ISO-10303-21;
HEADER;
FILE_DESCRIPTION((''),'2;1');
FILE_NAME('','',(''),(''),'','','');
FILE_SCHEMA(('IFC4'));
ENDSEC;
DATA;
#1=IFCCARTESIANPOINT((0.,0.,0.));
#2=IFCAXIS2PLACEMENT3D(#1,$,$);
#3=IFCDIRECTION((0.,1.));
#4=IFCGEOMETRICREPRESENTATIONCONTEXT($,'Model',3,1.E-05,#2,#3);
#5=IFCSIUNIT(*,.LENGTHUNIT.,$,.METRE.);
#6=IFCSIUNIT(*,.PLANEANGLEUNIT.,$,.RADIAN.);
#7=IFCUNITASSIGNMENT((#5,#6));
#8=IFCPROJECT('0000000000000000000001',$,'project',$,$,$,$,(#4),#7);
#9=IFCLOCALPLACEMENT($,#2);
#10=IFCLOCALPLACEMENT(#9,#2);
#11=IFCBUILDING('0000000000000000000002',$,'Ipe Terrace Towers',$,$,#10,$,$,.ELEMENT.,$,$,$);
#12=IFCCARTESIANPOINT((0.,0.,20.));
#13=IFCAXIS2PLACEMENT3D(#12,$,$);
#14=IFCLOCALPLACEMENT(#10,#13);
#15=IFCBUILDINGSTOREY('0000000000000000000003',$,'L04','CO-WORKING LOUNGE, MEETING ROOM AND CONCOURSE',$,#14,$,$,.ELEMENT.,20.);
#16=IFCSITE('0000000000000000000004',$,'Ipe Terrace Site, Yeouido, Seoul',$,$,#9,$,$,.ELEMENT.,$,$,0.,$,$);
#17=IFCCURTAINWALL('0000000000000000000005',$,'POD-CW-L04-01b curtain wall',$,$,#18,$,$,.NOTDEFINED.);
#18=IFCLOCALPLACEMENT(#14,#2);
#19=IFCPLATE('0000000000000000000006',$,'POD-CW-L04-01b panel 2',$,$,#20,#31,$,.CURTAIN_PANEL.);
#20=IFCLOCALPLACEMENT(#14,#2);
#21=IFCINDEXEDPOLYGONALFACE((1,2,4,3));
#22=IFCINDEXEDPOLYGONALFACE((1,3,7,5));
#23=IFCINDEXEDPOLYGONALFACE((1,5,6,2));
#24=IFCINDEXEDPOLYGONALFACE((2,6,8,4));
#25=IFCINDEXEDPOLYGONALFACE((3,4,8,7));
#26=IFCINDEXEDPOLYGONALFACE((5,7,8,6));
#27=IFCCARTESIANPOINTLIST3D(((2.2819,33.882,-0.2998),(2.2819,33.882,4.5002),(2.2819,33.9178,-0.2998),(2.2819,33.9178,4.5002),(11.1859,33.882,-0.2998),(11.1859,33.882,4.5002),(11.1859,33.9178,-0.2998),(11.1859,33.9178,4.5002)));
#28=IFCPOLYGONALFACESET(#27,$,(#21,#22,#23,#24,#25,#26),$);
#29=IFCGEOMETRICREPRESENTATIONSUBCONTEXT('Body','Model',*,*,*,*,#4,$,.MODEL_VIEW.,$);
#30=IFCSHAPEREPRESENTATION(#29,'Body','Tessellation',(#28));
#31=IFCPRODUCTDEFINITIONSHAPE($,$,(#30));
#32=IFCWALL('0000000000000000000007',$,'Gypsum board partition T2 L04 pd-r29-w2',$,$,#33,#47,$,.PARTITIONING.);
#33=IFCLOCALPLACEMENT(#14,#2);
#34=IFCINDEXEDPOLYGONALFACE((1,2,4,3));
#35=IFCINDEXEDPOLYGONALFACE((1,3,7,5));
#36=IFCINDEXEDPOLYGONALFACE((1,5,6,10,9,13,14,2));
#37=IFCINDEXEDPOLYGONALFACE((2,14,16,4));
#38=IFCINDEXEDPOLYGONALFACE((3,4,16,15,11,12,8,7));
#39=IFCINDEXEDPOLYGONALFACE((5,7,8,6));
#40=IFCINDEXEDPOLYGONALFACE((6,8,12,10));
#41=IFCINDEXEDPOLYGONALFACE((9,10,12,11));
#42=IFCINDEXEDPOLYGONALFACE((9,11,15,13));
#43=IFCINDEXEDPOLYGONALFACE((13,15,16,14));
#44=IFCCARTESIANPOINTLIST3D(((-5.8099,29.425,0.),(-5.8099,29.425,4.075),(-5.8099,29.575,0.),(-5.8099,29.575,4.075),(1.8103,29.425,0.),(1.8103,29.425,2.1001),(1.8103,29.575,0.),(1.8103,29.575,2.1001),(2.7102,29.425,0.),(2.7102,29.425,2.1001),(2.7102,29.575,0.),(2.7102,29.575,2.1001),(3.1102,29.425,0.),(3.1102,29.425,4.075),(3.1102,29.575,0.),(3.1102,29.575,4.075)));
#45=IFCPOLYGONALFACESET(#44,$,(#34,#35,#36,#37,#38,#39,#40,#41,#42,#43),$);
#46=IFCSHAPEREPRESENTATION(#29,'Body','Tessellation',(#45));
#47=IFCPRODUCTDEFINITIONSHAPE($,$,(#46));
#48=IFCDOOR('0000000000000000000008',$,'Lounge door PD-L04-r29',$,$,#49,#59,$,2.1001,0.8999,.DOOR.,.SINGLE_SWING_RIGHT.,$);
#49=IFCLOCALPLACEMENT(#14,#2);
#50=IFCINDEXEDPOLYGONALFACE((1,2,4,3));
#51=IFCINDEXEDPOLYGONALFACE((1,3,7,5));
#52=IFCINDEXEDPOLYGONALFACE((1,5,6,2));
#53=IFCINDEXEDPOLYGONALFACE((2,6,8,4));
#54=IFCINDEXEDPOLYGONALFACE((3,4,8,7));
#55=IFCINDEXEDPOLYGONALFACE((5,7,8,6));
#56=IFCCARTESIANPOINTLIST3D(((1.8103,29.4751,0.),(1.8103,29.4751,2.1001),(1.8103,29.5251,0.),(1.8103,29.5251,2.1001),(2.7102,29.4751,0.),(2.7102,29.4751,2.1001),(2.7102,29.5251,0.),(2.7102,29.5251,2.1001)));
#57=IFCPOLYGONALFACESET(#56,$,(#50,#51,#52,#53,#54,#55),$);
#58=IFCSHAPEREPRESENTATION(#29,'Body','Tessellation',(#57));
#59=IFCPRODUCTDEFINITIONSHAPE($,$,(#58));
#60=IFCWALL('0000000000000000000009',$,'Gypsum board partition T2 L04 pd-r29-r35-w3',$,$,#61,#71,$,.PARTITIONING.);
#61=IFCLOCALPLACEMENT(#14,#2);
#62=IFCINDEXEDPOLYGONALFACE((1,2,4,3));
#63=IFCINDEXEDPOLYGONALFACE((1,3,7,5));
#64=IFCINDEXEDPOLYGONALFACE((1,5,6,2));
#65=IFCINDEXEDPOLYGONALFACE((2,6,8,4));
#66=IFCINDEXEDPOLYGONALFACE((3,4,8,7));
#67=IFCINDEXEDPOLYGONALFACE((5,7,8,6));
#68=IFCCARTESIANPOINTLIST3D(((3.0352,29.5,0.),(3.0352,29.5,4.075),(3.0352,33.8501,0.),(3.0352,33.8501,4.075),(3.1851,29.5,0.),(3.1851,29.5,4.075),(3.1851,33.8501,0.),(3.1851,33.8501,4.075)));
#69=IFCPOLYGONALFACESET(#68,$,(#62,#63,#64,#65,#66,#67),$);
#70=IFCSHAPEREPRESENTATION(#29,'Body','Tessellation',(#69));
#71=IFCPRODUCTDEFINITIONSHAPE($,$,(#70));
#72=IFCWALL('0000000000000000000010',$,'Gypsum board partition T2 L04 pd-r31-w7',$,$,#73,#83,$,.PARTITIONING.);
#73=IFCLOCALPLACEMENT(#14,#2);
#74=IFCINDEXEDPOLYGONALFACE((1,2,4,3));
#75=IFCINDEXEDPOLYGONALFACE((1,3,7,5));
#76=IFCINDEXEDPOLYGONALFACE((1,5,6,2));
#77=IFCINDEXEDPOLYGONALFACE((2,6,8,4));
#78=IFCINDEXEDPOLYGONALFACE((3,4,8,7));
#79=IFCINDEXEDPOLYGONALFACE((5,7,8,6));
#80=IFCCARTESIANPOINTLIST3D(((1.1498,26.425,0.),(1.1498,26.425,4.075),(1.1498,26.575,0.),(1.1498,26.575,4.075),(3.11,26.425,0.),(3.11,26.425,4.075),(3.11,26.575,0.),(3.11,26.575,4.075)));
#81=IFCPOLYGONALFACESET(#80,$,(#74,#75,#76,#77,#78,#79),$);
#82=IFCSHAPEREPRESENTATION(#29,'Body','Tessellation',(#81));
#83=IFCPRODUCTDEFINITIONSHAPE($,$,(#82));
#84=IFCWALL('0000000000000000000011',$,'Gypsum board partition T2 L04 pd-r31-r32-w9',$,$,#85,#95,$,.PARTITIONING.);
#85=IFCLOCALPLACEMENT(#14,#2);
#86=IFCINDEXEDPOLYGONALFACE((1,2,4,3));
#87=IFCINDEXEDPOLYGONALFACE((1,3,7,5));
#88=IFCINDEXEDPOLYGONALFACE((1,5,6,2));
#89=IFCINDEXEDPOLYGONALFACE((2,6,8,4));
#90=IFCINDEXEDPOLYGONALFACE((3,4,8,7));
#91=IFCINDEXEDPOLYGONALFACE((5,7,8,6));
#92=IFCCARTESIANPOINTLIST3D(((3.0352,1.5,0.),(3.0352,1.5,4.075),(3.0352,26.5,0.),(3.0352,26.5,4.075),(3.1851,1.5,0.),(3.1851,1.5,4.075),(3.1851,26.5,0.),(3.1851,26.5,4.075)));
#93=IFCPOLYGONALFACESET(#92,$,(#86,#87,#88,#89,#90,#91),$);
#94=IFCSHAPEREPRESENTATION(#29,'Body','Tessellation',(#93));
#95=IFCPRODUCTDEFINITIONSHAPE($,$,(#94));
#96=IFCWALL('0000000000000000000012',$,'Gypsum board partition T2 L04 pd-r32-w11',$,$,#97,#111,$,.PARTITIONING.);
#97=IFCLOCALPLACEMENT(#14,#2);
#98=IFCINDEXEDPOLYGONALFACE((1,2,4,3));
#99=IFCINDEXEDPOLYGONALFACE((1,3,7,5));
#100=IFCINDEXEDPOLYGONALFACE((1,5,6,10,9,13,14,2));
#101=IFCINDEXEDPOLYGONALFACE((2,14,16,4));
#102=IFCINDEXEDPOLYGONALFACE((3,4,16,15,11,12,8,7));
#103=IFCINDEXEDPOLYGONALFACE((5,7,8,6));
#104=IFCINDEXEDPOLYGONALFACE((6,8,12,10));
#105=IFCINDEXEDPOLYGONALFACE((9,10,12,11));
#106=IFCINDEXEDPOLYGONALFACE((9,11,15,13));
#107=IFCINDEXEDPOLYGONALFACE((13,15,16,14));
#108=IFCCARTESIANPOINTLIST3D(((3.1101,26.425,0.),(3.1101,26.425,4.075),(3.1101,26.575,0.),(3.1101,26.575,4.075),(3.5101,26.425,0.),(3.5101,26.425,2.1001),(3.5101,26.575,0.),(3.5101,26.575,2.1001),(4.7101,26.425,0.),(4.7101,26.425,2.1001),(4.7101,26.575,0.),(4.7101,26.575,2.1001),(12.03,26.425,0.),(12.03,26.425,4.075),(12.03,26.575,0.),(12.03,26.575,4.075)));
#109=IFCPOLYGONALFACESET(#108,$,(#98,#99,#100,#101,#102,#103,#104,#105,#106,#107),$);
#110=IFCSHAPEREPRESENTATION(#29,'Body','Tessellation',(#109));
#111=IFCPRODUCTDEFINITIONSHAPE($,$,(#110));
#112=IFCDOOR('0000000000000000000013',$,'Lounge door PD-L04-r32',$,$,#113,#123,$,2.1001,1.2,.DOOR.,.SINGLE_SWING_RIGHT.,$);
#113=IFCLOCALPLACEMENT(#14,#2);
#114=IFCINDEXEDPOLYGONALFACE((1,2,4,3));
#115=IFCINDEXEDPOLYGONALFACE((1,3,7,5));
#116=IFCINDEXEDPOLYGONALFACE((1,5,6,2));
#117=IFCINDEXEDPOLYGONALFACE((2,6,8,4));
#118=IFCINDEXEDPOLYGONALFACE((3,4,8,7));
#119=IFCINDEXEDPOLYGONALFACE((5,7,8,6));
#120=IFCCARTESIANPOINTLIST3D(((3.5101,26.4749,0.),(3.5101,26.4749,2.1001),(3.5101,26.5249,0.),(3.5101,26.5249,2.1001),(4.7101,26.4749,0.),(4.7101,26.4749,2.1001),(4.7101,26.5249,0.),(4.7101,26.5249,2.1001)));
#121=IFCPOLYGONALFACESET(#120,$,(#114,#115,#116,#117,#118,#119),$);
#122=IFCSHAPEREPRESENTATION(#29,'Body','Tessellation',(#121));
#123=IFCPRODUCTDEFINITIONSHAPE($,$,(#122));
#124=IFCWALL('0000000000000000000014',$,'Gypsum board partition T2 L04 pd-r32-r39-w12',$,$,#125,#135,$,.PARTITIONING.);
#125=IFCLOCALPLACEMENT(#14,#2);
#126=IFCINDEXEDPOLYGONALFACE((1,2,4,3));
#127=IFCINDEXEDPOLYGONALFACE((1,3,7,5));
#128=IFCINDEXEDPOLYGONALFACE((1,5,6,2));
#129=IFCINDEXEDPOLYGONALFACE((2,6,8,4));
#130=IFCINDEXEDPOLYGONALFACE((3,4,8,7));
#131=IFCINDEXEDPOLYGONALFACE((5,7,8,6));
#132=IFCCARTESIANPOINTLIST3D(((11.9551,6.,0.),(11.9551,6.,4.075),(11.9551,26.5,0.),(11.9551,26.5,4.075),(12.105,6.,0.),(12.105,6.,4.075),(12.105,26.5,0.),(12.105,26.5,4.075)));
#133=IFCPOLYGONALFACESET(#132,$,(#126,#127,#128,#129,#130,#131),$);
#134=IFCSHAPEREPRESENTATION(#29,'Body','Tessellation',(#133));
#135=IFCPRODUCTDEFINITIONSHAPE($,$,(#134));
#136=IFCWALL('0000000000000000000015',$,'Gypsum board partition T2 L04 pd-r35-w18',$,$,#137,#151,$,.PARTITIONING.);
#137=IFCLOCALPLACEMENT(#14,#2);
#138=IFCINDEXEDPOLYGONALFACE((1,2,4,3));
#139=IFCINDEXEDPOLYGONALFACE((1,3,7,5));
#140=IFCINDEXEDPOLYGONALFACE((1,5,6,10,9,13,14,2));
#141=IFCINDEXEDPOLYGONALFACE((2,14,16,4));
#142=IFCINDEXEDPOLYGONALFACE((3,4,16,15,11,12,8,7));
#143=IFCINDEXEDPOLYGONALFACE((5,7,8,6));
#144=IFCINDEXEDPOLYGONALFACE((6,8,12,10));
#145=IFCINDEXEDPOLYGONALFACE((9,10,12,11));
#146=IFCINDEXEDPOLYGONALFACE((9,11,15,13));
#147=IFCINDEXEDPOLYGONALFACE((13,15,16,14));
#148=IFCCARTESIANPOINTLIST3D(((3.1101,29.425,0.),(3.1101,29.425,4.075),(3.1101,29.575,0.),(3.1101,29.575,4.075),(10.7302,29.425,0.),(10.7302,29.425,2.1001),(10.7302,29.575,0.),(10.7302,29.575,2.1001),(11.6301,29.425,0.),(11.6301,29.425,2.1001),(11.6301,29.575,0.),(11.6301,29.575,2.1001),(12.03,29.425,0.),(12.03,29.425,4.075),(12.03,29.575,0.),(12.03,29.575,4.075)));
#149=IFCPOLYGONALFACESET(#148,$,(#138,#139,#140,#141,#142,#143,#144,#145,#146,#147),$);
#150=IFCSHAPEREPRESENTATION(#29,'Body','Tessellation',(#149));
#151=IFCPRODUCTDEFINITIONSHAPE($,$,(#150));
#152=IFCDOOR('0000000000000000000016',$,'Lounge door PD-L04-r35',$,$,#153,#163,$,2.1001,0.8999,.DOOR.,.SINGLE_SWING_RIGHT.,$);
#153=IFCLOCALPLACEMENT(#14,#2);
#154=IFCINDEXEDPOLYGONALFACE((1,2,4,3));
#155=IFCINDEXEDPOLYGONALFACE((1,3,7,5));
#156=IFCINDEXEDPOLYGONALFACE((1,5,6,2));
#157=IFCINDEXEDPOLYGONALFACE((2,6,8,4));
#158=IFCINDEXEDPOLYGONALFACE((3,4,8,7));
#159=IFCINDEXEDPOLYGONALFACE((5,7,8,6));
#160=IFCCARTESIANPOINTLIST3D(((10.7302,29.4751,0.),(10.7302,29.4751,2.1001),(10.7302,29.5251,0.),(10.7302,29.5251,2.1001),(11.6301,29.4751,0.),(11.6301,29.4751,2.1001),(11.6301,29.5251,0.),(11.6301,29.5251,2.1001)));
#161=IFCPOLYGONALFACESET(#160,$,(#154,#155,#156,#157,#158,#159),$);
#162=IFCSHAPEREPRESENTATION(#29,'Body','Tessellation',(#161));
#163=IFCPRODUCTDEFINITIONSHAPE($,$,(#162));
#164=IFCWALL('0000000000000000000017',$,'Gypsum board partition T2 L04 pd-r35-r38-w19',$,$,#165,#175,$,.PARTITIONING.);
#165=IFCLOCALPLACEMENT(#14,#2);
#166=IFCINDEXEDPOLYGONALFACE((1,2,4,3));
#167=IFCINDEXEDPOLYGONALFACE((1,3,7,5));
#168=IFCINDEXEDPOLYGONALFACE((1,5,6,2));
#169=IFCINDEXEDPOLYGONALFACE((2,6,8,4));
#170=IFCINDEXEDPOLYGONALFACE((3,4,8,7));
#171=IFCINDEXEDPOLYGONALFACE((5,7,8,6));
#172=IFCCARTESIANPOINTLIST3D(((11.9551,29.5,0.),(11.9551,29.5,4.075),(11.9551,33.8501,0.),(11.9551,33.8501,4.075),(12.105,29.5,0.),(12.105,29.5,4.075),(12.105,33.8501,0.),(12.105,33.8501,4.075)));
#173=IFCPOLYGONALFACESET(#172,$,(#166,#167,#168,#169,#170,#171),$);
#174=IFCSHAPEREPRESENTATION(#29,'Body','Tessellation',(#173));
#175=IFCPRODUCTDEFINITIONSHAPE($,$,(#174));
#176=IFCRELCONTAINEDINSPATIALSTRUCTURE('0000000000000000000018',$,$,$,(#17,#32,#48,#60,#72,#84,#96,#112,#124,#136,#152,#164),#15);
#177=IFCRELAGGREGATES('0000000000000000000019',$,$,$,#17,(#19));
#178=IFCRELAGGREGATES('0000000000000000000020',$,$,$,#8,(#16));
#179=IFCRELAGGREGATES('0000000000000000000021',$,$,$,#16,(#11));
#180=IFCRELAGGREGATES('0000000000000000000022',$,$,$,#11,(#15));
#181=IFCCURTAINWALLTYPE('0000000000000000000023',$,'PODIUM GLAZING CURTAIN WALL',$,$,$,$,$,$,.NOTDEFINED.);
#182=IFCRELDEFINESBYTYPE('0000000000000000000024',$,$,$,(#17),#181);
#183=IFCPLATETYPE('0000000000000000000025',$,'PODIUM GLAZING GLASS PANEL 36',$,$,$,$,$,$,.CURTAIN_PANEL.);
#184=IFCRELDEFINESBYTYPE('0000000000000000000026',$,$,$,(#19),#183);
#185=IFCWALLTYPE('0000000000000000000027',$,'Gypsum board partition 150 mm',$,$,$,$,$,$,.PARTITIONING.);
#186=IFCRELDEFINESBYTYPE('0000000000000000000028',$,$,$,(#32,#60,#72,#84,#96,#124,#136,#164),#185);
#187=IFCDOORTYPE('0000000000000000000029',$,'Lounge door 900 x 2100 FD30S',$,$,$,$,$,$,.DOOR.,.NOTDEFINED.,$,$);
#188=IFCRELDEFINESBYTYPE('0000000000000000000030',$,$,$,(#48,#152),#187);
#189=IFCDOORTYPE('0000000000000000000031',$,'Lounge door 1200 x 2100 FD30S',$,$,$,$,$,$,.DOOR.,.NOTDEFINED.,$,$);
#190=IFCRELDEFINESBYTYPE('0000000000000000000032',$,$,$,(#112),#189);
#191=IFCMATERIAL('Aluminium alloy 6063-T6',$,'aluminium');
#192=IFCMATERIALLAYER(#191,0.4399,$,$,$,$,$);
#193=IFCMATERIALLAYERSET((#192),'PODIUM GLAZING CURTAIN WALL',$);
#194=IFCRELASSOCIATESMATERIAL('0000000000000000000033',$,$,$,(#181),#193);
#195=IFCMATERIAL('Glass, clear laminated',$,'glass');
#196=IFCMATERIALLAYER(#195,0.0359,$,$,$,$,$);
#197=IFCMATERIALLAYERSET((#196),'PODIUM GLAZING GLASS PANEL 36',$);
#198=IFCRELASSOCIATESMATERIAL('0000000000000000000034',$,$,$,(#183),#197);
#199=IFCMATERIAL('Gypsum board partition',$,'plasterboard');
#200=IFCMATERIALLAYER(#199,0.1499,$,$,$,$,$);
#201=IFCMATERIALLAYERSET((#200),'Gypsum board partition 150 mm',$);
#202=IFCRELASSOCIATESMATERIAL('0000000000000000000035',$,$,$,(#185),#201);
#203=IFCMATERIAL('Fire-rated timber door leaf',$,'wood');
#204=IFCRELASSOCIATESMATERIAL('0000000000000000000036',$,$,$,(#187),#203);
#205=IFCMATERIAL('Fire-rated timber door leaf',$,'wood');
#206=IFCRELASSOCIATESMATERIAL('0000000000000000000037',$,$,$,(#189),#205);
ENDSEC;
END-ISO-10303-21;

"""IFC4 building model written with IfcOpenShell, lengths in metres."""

from ifc_helpers import new_model, si_unit, direction, frame, frame_2d, origin, origin_2d, place, context, subcontext, project, spatial, rectangle, extrude, material, layer, layer_set, type_object, element, fill, aggregate, save


model = new_model("IFC4")

# Units and contexts
model_context = context("Model", 3, precision=1e-05, world=origin(), true_north=direction((0.0, 1.0)))
body_context = subcontext(model_context, "Body", "Model", "MODEL_VIEW")
ifc_project = project(units=[si_unit("LENGTHUNIT", "METRE"), si_unit("PLANEANGLEUNIT", "RADIAN")], contexts=[model_context])

# Site, building, storey
site_placement = place(None, origin())
site = spatial("IfcSite", under=ifc_project, at=site_placement, Name="Ipe Terrace Site, Yeouido, Seoul", CompositionType="ELEMENT", RefElevation=0.0)
building_placement = place(site_placement, origin())
building = spatial("IfcBuilding", under=site, at=building_placement, Name="Ipe Terrace Towers", CompositionType="ELEMENT")
storey_placement = place(building_placement, frame((0.0, 0.0, 20.0)))
storey = spatial("IfcBuildingStorey", under=building, at=storey_placement, Name="L04", Description="CO-WORKING LOUNGE, MEETING ROOM AND CONCOURSE", CompositionType="ELEMENT", Elevation=20.0)

# Curtain wall, plate
ifc_material_1 = material(Name="Aluminium alloy 6063-T6", Category="aluminium")
ifc_layer_1 = layer(ifc_material_1, 0.4399)
ifc_layer_set_1 = layer_set([ifc_layer_1], Name="PODIUM GLAZING CURTAIN WALL")
curtain_wall_type = type_object("IfcCurtainWallType", Name="PODIUM GLAZING CURTAIN WALL", PredefinedType="NOTDEFINED", material=ifc_layer_set_1)
curtain_wall_placement = place(storey_placement, origin())
curtain_wall = element("IfcCurtainWall", 1, at=curtain_wall_placement, inside=storey, type_object=curtain_wall_type, Name="POD-CW-L04-01b curtain wall", PredefinedType="NOTDEFINED")
ifc_material_2 = material(Name="Glass, clear laminated", Category="glass")
ifc_layer_2 = layer(ifc_material_2, 0.0359)
ifc_layer_set_2 = layer_set([ifc_layer_2], Name="PODIUM GLAZING GLASS PANEL 36")
plate_type = type_object("IfcPlateType", Name="PODIUM GLAZING GLASS PANEL 36", PredefinedType="CURTAIN_PANEL", material=ifc_layer_set_2)
plate_1_placement = place(storey_placement, frame((6.7339, 33.8999, -0.2998), z_axis=(0.0, 0.0, 1.0), x_axis=(-1.0, 0.0, 0.0)))
plate_1 = element("IfcPlate", 2, at=plate_1_placement, type_object=plate_type, Name="POD-CW-L04-01b panel 2", PredefinedType="CURTAIN_PANEL", context=body_context, shape_type="SweptSolid", body=[
    extrude(rectangle(XDim=8.9041, YDim=0.0359, at=origin_2d()), origin(), (0.0, 0.0, 1.0), 4.8),
])
aggregate(curtain_wall, [plate_1])

# Wall, opening, door
ifc_material_3 = material(Name="Gypsum board partition", Category="plasterboard")
ifc_layer_3 = layer(ifc_material_3, 0.1499)
ifc_layer_set_3 = layer_set([ifc_layer_3], Name="Gypsum board partition 150 mm")
wall_type = type_object("IfcWallType", Name="Gypsum board partition 150 mm", PredefinedType="PARTITIONING", material=ifc_layer_set_3)
wall_1_placement = place(storey_placement, frame((3.1101, 29.5, 0.0), z_axis=(0.0, 0.0, 1.0), x_axis=(-1.0, 0.0, 0.0)))
wall_1 = element("IfcWall", 3, at=wall_1_placement, inside=storey, type_object=wall_type, Name="Gypsum board partition T2 L04 pd-r29-w2", PredefinedType="PARTITIONING", context=body_context, shape_type="SweptSolid", body=[
    extrude(rectangle(XDim=8.9202, YDim=0.1499, at=frame_2d((4.46, 0.0))), origin(), (0.0, 0.0, 1.0), 4.075),
])
opening_1_placement = place(wall_1_placement, frame((0.3999, 0.0, 0.0)))
opening_1 = element("IfcOpeningElement", 4, at=opening_1_placement, cuts=wall_1, PredefinedType="OPENING", context=body_context, shape_type="SweptSolid", body=[
    extrude(rectangle(XDim=0.8999, YDim=2.1001, at=frame_2d((0.45, 1.05))), frame((0.0, 0.085, 0.0), z_axis=(0.0, -1.0, 0.0), x_axis=(1.0, 0.0, 0.0)), (0.0, 0.0, 1.0), 0.1699),
])
ifc_material_4 = material(Name="Fire-rated timber door leaf", Category="wood")
door_type_1 = type_object("IfcDoorType", Name="Lounge door 900 x 2100 FD30S", OperationType="NOTDEFINED", PredefinedType="DOOR", material=ifc_material_4)
door_1_placement = place(opening_1_placement, origin())
door_1 = element("IfcDoor", 5, at=door_1_placement, inside=storey, type_object=door_type_1, Name="Lounge door PD-L04-r29", OperationType="SINGLE_SWING_RIGHT", OverallHeight=2.1001, OverallWidth=0.8999, PredefinedType="DOOR", context=body_context, shape_type="SweptSolid", body=[
    extrude(rectangle(XDim=0.8999, YDim=2.1001, at=frame_2d((0.45, 1.05))), frame((0.0, 0.0249, 0.0), z_axis=(0.0, -1.0, 0.0), x_axis=(1.0, 0.0, 0.0)), (0.0, 0.0, 1.0), 0.05),
])
fill(opening_1, door_1)

# Walls
wall_2_placement = place(storey_placement, frame((3.1101, 33.8501, 0.0), z_axis=(0.0, 0.0, 1.0), x_axis=(0.0, -1.0, 0.0)))
element("IfcWall", 6, at=wall_2_placement, inside=storey, type_object=wall_type, Name="Gypsum board partition T2 L04 pd-r29-r35-w3", PredefinedType="PARTITIONING", context=body_context, shape_type="SweptSolid", body=[
    extrude(rectangle(XDim=4.3501, YDim=0.1499, at=frame_2d((2.175, 0.0))), origin(), (0.0, 0.0, 1.0), 4.075),
])
wall_3_placement = place(storey_placement, frame((1.1499, 26.5, 0.0), z_axis=(0.0, 0.0, 1.0), x_axis=(1.0, 0.0, 0.0)))
element("IfcWall", 7, at=wall_3_placement, inside=storey, type_object=wall_type, Name="Gypsum board partition T2 L04 pd-r31-w7", PredefinedType="PARTITIONING", context=body_context, shape_type="SweptSolid", body=[
    extrude(rectangle(XDim=1.9602, YDim=0.1499, at=frame_2d((0.98, 0.0))), origin(), (0.0, 0.0, 1.0), 4.075),
])
wall_4_placement = place(storey_placement, frame((3.1101, 26.5, 0.0), z_axis=(0.0, 0.0, 1.0), x_axis=(0.0, -1.0, 0.0)))
element("IfcWall", 8, at=wall_4_placement, inside=storey, type_object=wall_type, Name="Gypsum board partition T2 L04 pd-r31-r32-w9", PredefinedType="PARTITIONING", context=body_context, shape_type="SweptSolid", body=[
    extrude(rectangle(XDim=25.0, YDim=0.1499, at=frame_2d((12.5, 0.0))), origin(), (0.0, 0.0, 1.0), 4.075),
])

# Wall, opening, door
wall_5_placement = place(storey_placement, frame((3.1101, 26.5, 0.0), z_axis=(0.0, 0.0, 1.0), x_axis=(1.0, 0.0, 0.0)))
wall_5 = element("IfcWall", 9, at=wall_5_placement, inside=storey, type_object=wall_type, Name="Gypsum board partition T2 L04 pd-r32-w11", PredefinedType="PARTITIONING", context=body_context, shape_type="SweptSolid", body=[
    extrude(rectangle(XDim=8.9199, YDim=0.1499, at=frame_2d((4.46, 0.0))), origin(), (0.0, 0.0, 1.0), 4.075),
])
opening_2_placement = place(wall_5_placement, frame((0.3999, 0.0, 0.0)))
opening_2 = element("IfcOpeningElement", 10, at=opening_2_placement, cuts=wall_5, PredefinedType="OPENING", context=body_context, shape_type="SweptSolid", body=[
    extrude(rectangle(XDim=1.2, YDim=2.1001, at=frame_2d((0.6001, 1.05))), frame((0.0, 0.085, 0.0), z_axis=(0.0, -1.0, 0.0), x_axis=(1.0, 0.0, 0.0)), (0.0, 0.0, 1.0), 0.1699),
])
ifc_material_5 = material(Name="Fire-rated timber door leaf", Category="wood")
door_type_2 = type_object("IfcDoorType", Name="Lounge door 1200 x 2100 FD30S", OperationType="NOTDEFINED", PredefinedType="DOOR", material=ifc_material_5)
door_2_placement = place(opening_2_placement, origin())
door_2 = element("IfcDoor", 11, at=door_2_placement, inside=storey, type_object=door_type_2, Name="Lounge door PD-L04-r32", OperationType="SINGLE_SWING_RIGHT", OverallHeight=2.1001, OverallWidth=1.2, PredefinedType="DOOR", context=body_context, shape_type="SweptSolid", body=[
    extrude(rectangle(XDim=1.2, YDim=2.1001, at=frame_2d((0.6001, 1.05))), frame((0.0, 0.0249, 0.0), z_axis=(0.0, -1.0, 0.0), x_axis=(1.0, 0.0, 0.0)), (0.0, 0.0, 1.0), 0.05),
])
fill(opening_2, door_2)

# Wall
wall_6_placement = place(storey_placement, frame((12.03, 26.5, 0.0), z_axis=(0.0, 0.0, 1.0), x_axis=(0.0, -1.0, 0.0)))
element("IfcWall", 12, at=wall_6_placement, inside=storey, type_object=wall_type, Name="Gypsum board partition T2 L04 pd-r32-r39-w12", PredefinedType="PARTITIONING", context=body_context, shape_type="SweptSolid", body=[
    extrude(rectangle(XDim=20.5, YDim=0.1499, at=frame_2d((10.25, 0.0))), origin(), (0.0, 0.0, 1.0), 4.075),
])

# Wall, opening, door
wall_7_placement = place(storey_placement, frame((12.03, 29.5, 0.0), z_axis=(0.0, 0.0, 1.0), x_axis=(-1.0, 0.0, 0.0)))
wall_7 = element("IfcWall", 13, at=wall_7_placement, inside=storey, type_object=wall_type, Name="Gypsum board partition T2 L04 pd-r35-w18", PredefinedType="PARTITIONING", context=body_context, shape_type="SweptSolid", body=[
    extrude(rectangle(XDim=8.9199, YDim=0.1499, at=frame_2d((4.46, 0.0))), origin(), (0.0, 0.0, 1.0), 4.075),
])
opening_3_placement = place(wall_7_placement, frame((0.3999, 0.0, 0.0)))
opening_3 = element("IfcOpeningElement", 14, at=opening_3_placement, cuts=wall_7, PredefinedType="OPENING", context=body_context, shape_type="SweptSolid", body=[
    extrude(rectangle(XDim=0.8999, YDim=2.1001, at=frame_2d((0.45, 1.05))), frame((0.0, 0.085, 0.0), z_axis=(0.0, -1.0, 0.0), x_axis=(1.0, 0.0, 0.0)), (0.0, 0.0, 1.0), 0.1699),
])
door_3_placement = place(opening_3_placement, origin())
door_3 = element("IfcDoor", 15, at=door_3_placement, inside=storey, type_object=door_type_1, Name="Lounge door PD-L04-r35", OperationType="SINGLE_SWING_RIGHT", OverallHeight=2.1001, OverallWidth=0.8999, PredefinedType="DOOR", context=body_context, shape_type="SweptSolid", body=[
    extrude(rectangle(XDim=0.8999, YDim=2.1001, at=frame_2d((0.45, 1.05))), frame((0.0, 0.0249, 0.0), z_axis=(0.0, -1.0, 0.0), x_axis=(1.0, 0.0, 0.0)), (0.0, 0.0, 1.0), 0.05),
])
fill(opening_3, door_3)

# Wall
wall_8_placement = place(storey_placement, frame((12.03, 33.8501, 0.0), z_axis=(0.0, 0.0, 1.0), x_axis=(0.0, -1.0, 0.0)))
element("IfcWall", 16, at=wall_8_placement, inside=storey, type_object=wall_type, Name="Gypsum board partition T2 L04 pd-r35-r38-w19", PredefinedType="PARTITIONING", context=body_context, shape_type="SweptSolid", body=[
    extrude(rectangle(XDim=4.3501, YDim=0.1499, at=frame_2d((2.175, 0.0))), origin(), (0.0, 0.0, 1.0), 4.075),
])

save(model, "model.ifc")
